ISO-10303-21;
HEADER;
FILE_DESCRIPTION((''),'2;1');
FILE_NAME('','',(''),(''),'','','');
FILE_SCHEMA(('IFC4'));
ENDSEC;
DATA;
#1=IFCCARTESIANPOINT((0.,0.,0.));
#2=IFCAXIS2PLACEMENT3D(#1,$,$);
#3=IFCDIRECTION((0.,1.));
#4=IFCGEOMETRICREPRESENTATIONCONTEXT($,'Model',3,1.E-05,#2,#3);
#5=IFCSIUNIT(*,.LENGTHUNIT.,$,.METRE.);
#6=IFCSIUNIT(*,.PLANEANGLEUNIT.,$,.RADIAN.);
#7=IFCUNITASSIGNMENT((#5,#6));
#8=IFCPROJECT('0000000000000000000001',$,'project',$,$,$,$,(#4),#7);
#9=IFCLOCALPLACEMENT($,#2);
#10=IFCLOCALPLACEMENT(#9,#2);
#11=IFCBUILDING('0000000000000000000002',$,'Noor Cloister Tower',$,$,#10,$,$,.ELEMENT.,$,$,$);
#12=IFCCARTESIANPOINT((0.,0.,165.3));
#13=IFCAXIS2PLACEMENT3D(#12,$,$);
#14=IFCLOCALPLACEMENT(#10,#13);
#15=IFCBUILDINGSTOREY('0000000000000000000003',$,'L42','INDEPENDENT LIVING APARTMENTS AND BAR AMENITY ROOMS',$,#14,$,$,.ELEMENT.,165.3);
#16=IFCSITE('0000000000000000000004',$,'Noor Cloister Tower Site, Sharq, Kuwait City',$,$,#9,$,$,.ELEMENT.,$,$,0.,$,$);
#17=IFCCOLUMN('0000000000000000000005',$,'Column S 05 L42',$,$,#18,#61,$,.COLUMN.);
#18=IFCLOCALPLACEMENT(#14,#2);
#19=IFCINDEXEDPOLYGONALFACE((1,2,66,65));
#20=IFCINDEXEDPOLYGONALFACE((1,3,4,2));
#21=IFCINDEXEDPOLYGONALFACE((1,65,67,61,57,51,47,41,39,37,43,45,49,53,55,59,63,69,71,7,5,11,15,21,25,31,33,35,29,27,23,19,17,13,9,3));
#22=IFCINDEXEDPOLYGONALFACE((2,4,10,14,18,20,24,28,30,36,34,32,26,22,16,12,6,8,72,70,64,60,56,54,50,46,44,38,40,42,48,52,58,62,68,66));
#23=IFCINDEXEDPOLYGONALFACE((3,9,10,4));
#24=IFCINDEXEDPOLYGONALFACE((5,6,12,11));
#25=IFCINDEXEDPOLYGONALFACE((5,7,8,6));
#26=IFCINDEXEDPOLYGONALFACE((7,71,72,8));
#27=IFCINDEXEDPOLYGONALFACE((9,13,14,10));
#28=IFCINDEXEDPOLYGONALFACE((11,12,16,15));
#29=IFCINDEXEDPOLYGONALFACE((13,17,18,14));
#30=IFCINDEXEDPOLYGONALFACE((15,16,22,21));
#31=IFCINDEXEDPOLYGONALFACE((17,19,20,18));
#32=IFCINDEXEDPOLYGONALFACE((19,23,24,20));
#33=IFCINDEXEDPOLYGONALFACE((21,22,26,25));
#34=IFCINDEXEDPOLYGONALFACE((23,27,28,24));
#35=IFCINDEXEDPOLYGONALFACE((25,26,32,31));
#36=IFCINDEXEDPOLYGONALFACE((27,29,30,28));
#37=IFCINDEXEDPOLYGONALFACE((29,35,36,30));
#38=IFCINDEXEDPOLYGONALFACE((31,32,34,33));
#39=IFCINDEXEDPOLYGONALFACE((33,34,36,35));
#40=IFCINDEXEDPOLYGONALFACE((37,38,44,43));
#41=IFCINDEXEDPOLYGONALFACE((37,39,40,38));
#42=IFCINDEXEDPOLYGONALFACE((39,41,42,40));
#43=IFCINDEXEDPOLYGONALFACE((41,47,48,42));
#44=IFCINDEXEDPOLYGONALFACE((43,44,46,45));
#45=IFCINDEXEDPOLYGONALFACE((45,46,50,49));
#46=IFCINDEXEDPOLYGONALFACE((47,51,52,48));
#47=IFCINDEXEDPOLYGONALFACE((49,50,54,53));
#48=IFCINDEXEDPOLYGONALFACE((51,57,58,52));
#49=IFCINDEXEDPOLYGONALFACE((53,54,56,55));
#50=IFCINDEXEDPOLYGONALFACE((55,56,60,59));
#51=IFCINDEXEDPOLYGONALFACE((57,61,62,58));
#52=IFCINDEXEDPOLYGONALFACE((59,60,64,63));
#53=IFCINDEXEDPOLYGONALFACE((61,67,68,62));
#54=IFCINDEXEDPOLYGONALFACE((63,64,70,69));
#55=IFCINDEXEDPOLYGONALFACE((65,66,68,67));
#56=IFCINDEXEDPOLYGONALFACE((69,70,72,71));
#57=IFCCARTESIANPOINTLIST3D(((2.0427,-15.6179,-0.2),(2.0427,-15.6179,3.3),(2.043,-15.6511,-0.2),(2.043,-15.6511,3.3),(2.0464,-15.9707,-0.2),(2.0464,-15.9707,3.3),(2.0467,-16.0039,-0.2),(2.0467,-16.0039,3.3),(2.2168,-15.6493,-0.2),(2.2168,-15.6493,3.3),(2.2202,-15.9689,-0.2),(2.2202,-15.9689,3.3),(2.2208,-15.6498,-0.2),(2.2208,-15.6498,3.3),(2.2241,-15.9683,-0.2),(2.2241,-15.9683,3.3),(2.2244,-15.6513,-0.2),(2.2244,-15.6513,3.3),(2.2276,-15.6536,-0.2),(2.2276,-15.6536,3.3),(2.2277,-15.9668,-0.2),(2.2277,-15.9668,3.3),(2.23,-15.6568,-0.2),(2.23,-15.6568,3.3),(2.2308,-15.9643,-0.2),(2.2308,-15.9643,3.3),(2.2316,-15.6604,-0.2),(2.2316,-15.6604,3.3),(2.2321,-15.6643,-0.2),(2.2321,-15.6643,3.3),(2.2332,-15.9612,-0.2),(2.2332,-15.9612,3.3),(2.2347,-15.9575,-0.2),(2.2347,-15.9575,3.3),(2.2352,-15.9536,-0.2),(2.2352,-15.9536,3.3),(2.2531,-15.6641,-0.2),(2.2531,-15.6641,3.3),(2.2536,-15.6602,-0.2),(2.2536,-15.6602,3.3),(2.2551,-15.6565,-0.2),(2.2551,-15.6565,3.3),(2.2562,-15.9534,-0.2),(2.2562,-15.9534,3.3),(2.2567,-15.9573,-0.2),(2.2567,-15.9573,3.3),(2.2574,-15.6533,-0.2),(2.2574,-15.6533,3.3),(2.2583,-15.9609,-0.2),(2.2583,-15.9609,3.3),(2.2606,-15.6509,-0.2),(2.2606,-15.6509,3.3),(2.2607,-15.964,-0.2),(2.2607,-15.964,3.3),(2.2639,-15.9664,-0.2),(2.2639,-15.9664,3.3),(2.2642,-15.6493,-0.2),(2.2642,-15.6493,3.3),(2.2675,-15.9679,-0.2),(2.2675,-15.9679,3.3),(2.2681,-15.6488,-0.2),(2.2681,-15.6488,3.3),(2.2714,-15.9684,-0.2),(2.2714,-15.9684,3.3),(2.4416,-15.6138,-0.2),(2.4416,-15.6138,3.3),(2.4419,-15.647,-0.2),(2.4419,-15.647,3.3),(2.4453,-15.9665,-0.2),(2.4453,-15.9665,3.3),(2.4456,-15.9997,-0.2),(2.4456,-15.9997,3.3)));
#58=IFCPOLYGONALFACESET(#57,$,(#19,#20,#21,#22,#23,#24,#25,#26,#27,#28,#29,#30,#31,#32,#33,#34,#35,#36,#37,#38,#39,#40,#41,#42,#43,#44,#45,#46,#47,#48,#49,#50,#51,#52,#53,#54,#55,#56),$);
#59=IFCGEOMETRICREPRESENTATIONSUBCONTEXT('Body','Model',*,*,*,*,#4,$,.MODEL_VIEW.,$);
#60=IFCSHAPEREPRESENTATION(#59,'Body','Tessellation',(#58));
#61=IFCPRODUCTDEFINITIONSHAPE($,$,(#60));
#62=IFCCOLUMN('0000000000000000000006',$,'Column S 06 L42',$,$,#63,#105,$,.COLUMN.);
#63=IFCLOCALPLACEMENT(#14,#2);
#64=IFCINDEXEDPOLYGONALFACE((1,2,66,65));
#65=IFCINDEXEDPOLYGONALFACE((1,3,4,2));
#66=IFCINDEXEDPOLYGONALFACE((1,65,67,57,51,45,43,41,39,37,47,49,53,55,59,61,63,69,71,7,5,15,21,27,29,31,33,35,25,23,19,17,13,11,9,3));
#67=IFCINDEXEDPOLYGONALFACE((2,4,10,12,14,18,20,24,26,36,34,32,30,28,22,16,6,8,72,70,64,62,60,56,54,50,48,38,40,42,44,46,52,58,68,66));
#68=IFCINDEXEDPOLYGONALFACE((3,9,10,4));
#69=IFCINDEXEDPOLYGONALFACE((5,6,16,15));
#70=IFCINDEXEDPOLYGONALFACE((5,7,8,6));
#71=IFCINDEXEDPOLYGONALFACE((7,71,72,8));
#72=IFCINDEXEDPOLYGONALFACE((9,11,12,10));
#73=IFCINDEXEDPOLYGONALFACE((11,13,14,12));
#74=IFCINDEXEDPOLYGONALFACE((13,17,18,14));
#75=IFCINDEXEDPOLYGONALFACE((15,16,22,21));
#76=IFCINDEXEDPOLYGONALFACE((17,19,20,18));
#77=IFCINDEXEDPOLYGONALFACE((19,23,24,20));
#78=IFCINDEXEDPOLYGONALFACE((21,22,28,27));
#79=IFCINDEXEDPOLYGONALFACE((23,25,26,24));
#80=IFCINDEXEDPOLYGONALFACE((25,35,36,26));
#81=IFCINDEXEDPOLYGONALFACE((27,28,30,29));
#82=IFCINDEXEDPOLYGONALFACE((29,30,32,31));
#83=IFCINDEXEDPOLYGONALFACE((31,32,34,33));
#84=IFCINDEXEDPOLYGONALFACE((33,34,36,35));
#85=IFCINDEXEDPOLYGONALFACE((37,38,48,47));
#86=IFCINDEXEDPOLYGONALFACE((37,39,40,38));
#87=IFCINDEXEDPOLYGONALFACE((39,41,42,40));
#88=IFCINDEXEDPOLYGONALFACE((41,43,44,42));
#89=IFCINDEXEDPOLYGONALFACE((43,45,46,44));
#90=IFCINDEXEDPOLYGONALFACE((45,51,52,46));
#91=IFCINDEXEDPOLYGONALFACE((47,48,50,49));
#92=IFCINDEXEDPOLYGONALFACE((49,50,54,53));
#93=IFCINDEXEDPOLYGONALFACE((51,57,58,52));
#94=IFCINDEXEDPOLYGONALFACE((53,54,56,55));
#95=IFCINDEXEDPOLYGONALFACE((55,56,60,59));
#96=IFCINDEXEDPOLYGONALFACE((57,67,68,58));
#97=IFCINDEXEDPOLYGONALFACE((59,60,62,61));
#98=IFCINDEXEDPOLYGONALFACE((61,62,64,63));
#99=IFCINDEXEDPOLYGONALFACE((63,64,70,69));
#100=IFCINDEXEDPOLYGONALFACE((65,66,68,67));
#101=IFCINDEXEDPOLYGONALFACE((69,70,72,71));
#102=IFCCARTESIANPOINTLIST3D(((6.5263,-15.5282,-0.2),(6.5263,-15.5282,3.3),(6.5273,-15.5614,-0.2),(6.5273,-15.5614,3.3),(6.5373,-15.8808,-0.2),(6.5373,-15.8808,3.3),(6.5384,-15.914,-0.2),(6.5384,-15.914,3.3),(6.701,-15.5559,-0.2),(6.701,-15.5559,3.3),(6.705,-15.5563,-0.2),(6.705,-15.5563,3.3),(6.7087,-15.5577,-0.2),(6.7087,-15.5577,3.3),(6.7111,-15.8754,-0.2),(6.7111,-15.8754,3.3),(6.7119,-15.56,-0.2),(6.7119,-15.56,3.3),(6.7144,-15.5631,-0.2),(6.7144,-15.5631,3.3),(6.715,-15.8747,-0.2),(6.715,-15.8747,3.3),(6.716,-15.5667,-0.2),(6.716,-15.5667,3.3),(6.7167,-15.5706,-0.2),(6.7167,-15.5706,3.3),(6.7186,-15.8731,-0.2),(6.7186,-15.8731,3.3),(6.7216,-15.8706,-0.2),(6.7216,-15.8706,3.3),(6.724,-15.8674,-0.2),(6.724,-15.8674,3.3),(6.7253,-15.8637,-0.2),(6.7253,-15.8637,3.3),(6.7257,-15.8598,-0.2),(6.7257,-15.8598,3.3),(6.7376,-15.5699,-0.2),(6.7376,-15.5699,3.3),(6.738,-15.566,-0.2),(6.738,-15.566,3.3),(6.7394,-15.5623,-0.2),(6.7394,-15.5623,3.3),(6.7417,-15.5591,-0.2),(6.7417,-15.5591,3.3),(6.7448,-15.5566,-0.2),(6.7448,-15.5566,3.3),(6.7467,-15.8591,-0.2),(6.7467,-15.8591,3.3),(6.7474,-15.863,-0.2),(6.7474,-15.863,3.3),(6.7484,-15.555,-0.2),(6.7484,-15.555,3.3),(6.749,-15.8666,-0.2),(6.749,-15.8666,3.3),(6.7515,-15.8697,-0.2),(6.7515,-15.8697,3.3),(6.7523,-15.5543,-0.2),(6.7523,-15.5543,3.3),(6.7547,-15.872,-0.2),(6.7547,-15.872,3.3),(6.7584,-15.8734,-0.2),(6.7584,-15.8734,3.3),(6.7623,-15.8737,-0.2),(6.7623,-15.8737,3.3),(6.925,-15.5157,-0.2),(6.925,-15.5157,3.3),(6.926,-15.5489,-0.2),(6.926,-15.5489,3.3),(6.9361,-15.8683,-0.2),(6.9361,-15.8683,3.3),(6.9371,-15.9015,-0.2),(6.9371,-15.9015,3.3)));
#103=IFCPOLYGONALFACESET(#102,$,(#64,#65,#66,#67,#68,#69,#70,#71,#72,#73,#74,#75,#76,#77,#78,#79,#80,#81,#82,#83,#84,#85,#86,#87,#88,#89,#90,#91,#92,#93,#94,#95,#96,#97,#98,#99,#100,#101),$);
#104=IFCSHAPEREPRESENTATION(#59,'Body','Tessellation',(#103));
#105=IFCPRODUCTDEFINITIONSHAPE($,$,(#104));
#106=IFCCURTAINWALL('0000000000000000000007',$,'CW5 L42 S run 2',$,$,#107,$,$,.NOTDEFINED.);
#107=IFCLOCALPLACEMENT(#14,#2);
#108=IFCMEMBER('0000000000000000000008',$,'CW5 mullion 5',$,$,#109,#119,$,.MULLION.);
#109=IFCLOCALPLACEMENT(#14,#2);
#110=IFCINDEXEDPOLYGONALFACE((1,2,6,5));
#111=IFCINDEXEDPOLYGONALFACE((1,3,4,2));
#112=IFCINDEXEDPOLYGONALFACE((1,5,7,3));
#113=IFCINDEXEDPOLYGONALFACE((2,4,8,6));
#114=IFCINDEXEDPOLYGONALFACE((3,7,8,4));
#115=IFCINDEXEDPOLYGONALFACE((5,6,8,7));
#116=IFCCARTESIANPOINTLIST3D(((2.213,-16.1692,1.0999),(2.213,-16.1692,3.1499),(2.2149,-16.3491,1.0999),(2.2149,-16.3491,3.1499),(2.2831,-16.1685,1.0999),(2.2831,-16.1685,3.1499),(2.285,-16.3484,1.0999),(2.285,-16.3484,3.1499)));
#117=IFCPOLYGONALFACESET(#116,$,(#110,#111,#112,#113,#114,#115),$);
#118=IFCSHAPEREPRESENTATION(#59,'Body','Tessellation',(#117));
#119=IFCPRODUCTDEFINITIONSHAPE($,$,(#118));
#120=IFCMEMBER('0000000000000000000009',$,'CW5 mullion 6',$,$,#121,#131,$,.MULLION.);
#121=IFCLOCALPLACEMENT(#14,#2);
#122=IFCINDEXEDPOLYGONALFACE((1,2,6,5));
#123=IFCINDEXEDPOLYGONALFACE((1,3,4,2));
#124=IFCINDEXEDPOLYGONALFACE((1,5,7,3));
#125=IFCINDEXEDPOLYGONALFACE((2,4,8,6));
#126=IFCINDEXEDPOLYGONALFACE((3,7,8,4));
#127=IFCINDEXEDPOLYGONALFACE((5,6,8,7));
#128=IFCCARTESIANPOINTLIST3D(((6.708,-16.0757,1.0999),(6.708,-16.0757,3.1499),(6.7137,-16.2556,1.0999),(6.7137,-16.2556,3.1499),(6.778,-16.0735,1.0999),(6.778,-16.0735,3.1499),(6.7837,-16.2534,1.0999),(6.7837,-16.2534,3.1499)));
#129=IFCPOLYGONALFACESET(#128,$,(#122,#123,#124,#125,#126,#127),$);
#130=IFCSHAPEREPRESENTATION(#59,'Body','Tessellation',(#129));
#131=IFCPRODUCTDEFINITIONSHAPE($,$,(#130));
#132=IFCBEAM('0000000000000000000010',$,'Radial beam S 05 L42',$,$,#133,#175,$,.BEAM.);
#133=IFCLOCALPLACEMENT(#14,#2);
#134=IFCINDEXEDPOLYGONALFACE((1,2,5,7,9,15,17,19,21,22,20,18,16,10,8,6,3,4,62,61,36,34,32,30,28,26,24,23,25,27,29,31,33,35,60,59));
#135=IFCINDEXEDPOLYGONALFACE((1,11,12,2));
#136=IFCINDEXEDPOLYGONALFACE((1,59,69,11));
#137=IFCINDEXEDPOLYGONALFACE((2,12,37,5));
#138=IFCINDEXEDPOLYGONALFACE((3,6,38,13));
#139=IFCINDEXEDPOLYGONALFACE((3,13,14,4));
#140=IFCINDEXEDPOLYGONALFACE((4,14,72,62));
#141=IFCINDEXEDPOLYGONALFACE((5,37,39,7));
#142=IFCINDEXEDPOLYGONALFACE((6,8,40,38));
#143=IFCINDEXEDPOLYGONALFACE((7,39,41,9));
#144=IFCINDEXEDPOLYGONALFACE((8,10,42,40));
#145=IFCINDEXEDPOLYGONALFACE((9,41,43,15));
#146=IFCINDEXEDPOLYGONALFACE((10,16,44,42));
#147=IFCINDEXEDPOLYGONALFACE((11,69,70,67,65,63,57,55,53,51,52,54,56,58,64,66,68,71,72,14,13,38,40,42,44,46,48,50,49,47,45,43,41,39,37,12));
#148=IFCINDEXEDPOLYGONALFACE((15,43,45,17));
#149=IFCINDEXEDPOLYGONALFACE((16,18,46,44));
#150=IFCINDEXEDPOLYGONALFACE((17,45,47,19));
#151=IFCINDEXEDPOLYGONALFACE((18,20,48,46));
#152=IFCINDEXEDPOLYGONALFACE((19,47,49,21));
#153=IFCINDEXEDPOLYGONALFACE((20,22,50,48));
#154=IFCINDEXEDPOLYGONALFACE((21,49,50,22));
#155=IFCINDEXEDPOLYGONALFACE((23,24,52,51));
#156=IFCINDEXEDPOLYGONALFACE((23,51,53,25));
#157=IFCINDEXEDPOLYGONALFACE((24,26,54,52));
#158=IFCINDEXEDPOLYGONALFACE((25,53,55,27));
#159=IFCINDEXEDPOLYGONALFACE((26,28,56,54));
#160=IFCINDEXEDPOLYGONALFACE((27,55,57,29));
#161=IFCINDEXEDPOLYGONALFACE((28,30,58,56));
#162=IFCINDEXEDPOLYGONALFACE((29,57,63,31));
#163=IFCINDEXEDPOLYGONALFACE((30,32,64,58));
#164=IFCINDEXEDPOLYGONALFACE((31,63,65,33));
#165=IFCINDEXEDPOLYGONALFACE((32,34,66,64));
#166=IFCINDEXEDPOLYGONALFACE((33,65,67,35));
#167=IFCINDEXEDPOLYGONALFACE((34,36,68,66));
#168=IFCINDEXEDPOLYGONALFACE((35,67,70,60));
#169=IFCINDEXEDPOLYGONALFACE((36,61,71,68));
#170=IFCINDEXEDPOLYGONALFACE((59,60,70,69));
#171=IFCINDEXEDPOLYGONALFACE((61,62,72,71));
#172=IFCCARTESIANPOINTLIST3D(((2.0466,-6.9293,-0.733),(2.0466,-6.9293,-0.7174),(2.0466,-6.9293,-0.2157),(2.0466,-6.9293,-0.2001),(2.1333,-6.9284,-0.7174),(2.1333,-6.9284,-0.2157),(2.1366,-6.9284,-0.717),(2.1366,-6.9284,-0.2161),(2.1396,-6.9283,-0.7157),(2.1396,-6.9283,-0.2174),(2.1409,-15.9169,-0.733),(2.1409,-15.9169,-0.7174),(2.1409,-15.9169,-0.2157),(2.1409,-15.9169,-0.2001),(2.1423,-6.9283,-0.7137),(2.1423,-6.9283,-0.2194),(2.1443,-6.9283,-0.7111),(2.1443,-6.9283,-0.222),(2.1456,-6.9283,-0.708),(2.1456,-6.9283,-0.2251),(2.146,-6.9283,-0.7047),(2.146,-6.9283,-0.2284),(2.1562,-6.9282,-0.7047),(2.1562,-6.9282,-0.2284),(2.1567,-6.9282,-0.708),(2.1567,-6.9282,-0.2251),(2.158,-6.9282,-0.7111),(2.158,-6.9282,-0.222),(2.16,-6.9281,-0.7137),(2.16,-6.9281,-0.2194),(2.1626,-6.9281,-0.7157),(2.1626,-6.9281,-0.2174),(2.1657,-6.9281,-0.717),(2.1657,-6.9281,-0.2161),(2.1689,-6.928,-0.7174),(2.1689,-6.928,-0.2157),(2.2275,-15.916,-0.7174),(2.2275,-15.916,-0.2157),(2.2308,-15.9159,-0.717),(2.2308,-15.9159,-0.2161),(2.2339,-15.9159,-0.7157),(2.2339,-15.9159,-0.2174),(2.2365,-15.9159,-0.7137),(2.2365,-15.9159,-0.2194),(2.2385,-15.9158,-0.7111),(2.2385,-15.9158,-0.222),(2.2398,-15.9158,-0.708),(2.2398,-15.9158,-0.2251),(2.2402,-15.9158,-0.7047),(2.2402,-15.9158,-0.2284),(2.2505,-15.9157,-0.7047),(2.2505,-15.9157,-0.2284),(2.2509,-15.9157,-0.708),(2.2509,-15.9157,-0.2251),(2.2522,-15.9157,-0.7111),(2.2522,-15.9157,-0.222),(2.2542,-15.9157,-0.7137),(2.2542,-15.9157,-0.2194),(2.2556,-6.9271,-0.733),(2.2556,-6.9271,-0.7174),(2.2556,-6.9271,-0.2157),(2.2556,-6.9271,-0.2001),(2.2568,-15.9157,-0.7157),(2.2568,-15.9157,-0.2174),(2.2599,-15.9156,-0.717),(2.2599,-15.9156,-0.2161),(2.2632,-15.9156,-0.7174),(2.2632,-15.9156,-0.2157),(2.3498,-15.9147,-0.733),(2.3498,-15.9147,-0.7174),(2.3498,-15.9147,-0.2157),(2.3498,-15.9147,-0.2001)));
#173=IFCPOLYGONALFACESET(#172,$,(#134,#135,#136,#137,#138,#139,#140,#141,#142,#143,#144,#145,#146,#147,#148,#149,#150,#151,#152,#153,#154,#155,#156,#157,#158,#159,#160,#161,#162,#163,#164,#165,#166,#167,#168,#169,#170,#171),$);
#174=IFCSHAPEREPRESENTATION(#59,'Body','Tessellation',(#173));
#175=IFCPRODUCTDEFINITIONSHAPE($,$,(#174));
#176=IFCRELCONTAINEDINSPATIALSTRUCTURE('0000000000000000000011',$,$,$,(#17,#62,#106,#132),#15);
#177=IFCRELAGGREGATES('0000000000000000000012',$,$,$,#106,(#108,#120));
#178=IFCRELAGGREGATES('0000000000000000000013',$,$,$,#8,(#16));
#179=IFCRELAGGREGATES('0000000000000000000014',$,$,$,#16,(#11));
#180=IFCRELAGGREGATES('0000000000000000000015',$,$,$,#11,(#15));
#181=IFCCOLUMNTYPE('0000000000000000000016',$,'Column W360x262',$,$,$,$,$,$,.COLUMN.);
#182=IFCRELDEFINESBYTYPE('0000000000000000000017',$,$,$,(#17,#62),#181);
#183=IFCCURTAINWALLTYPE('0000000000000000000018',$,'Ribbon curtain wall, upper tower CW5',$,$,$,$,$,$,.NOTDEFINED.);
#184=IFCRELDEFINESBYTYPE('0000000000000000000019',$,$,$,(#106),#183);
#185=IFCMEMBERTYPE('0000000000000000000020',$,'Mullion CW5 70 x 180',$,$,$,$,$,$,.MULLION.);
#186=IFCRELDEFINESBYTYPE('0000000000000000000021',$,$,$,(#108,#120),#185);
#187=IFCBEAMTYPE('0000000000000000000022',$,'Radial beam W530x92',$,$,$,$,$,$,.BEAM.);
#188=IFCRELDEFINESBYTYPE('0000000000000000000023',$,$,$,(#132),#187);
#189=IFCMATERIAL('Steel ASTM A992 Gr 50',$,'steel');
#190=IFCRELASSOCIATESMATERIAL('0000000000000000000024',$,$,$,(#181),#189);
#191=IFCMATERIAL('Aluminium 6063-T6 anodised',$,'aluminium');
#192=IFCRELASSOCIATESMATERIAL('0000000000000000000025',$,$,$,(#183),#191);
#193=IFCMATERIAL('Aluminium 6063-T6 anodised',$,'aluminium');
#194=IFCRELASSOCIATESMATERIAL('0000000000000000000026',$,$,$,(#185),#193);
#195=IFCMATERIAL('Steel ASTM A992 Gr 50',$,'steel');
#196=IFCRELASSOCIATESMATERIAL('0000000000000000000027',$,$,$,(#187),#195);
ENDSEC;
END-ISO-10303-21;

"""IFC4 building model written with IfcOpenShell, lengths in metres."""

from ifc_helpers import new_model, si_unit, direction, frame, origin, origin_2d, place, context, subcontext, project, spatial, rectangle, i_section, extrude, material, material_profile, profile_set, type_object, element, aggregate, save


model = new_model("IFC4")

# Units and contexts
model_context = context("Model", 3, precision=1e-05, world=origin(), true_north=direction((0.0, 1.0)))
body_context = subcontext(model_context, "Body", "Model", "MODEL_VIEW")
ifc_project = project(units=[si_unit("LENGTHUNIT", "METRE"), si_unit("PLANEANGLEUNIT", "RADIAN")], contexts=[model_context])

# Site, building, storey
site_placement = place(None, origin())
site = spatial("IfcSite", under=ifc_project, at=site_placement, Name="Noor Cloister Tower Site, Sharq, Kuwait City", CompositionType="ELEMENT", RefElevation=0.0)
building_placement = place(site_placement, origin())
building = spatial("IfcBuilding", under=site, at=building_placement, Name="Noor Cloister Tower", CompositionType="ELEMENT")
storey_placement = place(building_placement, frame((0.0, 0.0, 165.3)))
storey = spatial("IfcBuildingStorey", under=building, at=storey_placement, Name="L42", Description="INDEPENDENT LIVING APARTMENTS AND BAR AMENITY ROOMS", CompositionType="ELEMENT", Elevation=165.3)

# Columns
ifc_material_1 = material(Name="Steel ASTM A992 Gr 50", Category="steel")
ifc_material_profile_1 = material_profile(ifc_material_1, i_section(OverallWidth=0.3989, OverallDepth=0.386, WebThickness=0.021, FlangeThickness=0.0332, FilletRadius=0.0151, at=origin_2d()), Name="W360x262")
ifc_profile_set_1 = profile_set([ifc_material_profile_1], Name="Steel ASTM A992 Gr 50")
column_type = type_object("IfcColumnType", Name="Column W360x262", PredefinedType="COLUMN", material=ifc_profile_set_1)
for number, where, z_axis, x_axis, name in (
    (1, (2.2441, -15.8088, -0.2), (0.0, 0.0, 1.0), (0.999945, 0.010473, 0.0), "Column S 05 L42"),
    (2, (6.7317, -15.7148, -0.2), (0.0, 0.0, 1.0), (0.999506, 0.031414, 0.0), "Column S 06 L42"),
):
    element("IfcColumn", number, at=place(storey_placement, frame(where, z_axis=z_axis, x_axis=x_axis)), inside=storey, type_object=column_type, Name=name, PredefinedType="COLUMN", context=body_context, shape_type="SweptSolid", body=[
        extrude(i_section(OverallWidth=0.3989, OverallDepth=0.386, WebThickness=0.021, FlangeThickness=0.0332, FilletRadius=0.0151, at=origin_2d()), origin(), (0.0, 0.0, 1.0), 3.5),
    ])

# Curtain wall, members
ifc_material_2 = material(Name="Aluminium 6063-T6 anodised", Category="aluminium")
curtain_wall_type = type_object("IfcCurtainWallType", Name="Ribbon curtain wall, upper tower CW5", PredefinedType="NOTDEFINED", material=ifc_material_2)
curtain_wall_placement = place(storey_placement, origin())
curtain_wall = element("IfcCurtainWall", 3, at=curtain_wall_placement, inside=storey, type_object=curtain_wall_type, Name="CW5 L42 S run 2", PredefinedType="NOTDEFINED")
ifc_material_3 = material(Name="Aluminium 6063-T6 anodised", Category="aluminium")
ifc_material_profile_2 = material_profile(ifc_material_3, rectangle(XDim=0.1799, YDim=0.0701, at=origin_2d()), Name="180 x 70 mullion")
ifc_profile_set_2 = profile_set([ifc_material_profile_2], Name="Aluminium 6063-T6 anodised")
member_type = type_object("IfcMemberType", Name="Mullion CW5 70 x 180", PredefinedType="MULLION", material=ifc_profile_set_2)
member_1_placement = place(storey_placement, frame((2.249, -16.2588, 1.0999), z_axis=(0.0, 0.0, 1.0), x_axis=(-0.010473, 0.999945, 0.0)))
member_1 = element("IfcMember", 4, at=member_1_placement, type_object=member_type, Name="CW5 mullion 5", PredefinedType="MULLION", context=body_context, shape_type="SweptSolid", body=[
    extrude(rectangle(XDim=0.1799, YDim=0.0701, at=origin_2d()), origin(), (0.0, 0.0, 1.0), 2.05),
])
member_2_placement = place(storey_placement, frame((6.7458, -16.1646, 1.0999), z_axis=(0.0, 0.0, 1.0), x_axis=(-0.031414, 0.999506, 0.0)))
member_2 = element("IfcMember", 5, at=member_2_placement, type_object=member_type, Name="CW5 mullion 6", PredefinedType="MULLION", context=body_context, shape_type="SweptSolid", body=[
    extrude(rectangle(XDim=0.1799, YDim=0.0701, at=origin_2d()), origin(), (0.0, 0.0, 1.0), 2.05),
])

# Beam
ifc_material_4 = material(Name="Steel ASTM A992 Gr 50", Category="steel")
ifc_material_profile_3 = material_profile(ifc_material_4, i_section(OverallWidth=0.209, OverallDepth=0.533, WebThickness=0.0103, FlangeThickness=0.0156, FilletRadius=0.0127, at=origin_2d()), Name="W530x92")
ifc_profile_set_3 = profile_set([ifc_material_profile_3], Name="Steel ASTM A992 Gr 50")
beam_type_1 = type_object("IfcBeamType", Name="Radial beam W530x92", PredefinedType="BEAM", material=ifc_profile_set_3)
beam_1_placement = place(storey_placement, frame((2.2454, -15.9158, -0.4666), z_axis=(-0.010485, 0.999945, 0.0), x_axis=(-0.999945, -0.010485, 0.0)))
element("IfcBeam", 6, at=beam_1_placement, inside=storey, type_object=beam_type_1, Name="Radial beam S 05 L42", PredefinedType="BEAM", context=body_context, shape_type="SweptSolid", body=[
    extrude(i_section(OverallWidth=0.209, OverallDepth=0.533, WebThickness=0.0103, FlangeThickness=0.0156, FilletRadius=0.0127, at=origin_2d()), origin(), (0.0, 0.0, 1.0), 8.988),
])

aggregate(curtain_wall, [member_1, member_2])

save(model, "model.ifc")
